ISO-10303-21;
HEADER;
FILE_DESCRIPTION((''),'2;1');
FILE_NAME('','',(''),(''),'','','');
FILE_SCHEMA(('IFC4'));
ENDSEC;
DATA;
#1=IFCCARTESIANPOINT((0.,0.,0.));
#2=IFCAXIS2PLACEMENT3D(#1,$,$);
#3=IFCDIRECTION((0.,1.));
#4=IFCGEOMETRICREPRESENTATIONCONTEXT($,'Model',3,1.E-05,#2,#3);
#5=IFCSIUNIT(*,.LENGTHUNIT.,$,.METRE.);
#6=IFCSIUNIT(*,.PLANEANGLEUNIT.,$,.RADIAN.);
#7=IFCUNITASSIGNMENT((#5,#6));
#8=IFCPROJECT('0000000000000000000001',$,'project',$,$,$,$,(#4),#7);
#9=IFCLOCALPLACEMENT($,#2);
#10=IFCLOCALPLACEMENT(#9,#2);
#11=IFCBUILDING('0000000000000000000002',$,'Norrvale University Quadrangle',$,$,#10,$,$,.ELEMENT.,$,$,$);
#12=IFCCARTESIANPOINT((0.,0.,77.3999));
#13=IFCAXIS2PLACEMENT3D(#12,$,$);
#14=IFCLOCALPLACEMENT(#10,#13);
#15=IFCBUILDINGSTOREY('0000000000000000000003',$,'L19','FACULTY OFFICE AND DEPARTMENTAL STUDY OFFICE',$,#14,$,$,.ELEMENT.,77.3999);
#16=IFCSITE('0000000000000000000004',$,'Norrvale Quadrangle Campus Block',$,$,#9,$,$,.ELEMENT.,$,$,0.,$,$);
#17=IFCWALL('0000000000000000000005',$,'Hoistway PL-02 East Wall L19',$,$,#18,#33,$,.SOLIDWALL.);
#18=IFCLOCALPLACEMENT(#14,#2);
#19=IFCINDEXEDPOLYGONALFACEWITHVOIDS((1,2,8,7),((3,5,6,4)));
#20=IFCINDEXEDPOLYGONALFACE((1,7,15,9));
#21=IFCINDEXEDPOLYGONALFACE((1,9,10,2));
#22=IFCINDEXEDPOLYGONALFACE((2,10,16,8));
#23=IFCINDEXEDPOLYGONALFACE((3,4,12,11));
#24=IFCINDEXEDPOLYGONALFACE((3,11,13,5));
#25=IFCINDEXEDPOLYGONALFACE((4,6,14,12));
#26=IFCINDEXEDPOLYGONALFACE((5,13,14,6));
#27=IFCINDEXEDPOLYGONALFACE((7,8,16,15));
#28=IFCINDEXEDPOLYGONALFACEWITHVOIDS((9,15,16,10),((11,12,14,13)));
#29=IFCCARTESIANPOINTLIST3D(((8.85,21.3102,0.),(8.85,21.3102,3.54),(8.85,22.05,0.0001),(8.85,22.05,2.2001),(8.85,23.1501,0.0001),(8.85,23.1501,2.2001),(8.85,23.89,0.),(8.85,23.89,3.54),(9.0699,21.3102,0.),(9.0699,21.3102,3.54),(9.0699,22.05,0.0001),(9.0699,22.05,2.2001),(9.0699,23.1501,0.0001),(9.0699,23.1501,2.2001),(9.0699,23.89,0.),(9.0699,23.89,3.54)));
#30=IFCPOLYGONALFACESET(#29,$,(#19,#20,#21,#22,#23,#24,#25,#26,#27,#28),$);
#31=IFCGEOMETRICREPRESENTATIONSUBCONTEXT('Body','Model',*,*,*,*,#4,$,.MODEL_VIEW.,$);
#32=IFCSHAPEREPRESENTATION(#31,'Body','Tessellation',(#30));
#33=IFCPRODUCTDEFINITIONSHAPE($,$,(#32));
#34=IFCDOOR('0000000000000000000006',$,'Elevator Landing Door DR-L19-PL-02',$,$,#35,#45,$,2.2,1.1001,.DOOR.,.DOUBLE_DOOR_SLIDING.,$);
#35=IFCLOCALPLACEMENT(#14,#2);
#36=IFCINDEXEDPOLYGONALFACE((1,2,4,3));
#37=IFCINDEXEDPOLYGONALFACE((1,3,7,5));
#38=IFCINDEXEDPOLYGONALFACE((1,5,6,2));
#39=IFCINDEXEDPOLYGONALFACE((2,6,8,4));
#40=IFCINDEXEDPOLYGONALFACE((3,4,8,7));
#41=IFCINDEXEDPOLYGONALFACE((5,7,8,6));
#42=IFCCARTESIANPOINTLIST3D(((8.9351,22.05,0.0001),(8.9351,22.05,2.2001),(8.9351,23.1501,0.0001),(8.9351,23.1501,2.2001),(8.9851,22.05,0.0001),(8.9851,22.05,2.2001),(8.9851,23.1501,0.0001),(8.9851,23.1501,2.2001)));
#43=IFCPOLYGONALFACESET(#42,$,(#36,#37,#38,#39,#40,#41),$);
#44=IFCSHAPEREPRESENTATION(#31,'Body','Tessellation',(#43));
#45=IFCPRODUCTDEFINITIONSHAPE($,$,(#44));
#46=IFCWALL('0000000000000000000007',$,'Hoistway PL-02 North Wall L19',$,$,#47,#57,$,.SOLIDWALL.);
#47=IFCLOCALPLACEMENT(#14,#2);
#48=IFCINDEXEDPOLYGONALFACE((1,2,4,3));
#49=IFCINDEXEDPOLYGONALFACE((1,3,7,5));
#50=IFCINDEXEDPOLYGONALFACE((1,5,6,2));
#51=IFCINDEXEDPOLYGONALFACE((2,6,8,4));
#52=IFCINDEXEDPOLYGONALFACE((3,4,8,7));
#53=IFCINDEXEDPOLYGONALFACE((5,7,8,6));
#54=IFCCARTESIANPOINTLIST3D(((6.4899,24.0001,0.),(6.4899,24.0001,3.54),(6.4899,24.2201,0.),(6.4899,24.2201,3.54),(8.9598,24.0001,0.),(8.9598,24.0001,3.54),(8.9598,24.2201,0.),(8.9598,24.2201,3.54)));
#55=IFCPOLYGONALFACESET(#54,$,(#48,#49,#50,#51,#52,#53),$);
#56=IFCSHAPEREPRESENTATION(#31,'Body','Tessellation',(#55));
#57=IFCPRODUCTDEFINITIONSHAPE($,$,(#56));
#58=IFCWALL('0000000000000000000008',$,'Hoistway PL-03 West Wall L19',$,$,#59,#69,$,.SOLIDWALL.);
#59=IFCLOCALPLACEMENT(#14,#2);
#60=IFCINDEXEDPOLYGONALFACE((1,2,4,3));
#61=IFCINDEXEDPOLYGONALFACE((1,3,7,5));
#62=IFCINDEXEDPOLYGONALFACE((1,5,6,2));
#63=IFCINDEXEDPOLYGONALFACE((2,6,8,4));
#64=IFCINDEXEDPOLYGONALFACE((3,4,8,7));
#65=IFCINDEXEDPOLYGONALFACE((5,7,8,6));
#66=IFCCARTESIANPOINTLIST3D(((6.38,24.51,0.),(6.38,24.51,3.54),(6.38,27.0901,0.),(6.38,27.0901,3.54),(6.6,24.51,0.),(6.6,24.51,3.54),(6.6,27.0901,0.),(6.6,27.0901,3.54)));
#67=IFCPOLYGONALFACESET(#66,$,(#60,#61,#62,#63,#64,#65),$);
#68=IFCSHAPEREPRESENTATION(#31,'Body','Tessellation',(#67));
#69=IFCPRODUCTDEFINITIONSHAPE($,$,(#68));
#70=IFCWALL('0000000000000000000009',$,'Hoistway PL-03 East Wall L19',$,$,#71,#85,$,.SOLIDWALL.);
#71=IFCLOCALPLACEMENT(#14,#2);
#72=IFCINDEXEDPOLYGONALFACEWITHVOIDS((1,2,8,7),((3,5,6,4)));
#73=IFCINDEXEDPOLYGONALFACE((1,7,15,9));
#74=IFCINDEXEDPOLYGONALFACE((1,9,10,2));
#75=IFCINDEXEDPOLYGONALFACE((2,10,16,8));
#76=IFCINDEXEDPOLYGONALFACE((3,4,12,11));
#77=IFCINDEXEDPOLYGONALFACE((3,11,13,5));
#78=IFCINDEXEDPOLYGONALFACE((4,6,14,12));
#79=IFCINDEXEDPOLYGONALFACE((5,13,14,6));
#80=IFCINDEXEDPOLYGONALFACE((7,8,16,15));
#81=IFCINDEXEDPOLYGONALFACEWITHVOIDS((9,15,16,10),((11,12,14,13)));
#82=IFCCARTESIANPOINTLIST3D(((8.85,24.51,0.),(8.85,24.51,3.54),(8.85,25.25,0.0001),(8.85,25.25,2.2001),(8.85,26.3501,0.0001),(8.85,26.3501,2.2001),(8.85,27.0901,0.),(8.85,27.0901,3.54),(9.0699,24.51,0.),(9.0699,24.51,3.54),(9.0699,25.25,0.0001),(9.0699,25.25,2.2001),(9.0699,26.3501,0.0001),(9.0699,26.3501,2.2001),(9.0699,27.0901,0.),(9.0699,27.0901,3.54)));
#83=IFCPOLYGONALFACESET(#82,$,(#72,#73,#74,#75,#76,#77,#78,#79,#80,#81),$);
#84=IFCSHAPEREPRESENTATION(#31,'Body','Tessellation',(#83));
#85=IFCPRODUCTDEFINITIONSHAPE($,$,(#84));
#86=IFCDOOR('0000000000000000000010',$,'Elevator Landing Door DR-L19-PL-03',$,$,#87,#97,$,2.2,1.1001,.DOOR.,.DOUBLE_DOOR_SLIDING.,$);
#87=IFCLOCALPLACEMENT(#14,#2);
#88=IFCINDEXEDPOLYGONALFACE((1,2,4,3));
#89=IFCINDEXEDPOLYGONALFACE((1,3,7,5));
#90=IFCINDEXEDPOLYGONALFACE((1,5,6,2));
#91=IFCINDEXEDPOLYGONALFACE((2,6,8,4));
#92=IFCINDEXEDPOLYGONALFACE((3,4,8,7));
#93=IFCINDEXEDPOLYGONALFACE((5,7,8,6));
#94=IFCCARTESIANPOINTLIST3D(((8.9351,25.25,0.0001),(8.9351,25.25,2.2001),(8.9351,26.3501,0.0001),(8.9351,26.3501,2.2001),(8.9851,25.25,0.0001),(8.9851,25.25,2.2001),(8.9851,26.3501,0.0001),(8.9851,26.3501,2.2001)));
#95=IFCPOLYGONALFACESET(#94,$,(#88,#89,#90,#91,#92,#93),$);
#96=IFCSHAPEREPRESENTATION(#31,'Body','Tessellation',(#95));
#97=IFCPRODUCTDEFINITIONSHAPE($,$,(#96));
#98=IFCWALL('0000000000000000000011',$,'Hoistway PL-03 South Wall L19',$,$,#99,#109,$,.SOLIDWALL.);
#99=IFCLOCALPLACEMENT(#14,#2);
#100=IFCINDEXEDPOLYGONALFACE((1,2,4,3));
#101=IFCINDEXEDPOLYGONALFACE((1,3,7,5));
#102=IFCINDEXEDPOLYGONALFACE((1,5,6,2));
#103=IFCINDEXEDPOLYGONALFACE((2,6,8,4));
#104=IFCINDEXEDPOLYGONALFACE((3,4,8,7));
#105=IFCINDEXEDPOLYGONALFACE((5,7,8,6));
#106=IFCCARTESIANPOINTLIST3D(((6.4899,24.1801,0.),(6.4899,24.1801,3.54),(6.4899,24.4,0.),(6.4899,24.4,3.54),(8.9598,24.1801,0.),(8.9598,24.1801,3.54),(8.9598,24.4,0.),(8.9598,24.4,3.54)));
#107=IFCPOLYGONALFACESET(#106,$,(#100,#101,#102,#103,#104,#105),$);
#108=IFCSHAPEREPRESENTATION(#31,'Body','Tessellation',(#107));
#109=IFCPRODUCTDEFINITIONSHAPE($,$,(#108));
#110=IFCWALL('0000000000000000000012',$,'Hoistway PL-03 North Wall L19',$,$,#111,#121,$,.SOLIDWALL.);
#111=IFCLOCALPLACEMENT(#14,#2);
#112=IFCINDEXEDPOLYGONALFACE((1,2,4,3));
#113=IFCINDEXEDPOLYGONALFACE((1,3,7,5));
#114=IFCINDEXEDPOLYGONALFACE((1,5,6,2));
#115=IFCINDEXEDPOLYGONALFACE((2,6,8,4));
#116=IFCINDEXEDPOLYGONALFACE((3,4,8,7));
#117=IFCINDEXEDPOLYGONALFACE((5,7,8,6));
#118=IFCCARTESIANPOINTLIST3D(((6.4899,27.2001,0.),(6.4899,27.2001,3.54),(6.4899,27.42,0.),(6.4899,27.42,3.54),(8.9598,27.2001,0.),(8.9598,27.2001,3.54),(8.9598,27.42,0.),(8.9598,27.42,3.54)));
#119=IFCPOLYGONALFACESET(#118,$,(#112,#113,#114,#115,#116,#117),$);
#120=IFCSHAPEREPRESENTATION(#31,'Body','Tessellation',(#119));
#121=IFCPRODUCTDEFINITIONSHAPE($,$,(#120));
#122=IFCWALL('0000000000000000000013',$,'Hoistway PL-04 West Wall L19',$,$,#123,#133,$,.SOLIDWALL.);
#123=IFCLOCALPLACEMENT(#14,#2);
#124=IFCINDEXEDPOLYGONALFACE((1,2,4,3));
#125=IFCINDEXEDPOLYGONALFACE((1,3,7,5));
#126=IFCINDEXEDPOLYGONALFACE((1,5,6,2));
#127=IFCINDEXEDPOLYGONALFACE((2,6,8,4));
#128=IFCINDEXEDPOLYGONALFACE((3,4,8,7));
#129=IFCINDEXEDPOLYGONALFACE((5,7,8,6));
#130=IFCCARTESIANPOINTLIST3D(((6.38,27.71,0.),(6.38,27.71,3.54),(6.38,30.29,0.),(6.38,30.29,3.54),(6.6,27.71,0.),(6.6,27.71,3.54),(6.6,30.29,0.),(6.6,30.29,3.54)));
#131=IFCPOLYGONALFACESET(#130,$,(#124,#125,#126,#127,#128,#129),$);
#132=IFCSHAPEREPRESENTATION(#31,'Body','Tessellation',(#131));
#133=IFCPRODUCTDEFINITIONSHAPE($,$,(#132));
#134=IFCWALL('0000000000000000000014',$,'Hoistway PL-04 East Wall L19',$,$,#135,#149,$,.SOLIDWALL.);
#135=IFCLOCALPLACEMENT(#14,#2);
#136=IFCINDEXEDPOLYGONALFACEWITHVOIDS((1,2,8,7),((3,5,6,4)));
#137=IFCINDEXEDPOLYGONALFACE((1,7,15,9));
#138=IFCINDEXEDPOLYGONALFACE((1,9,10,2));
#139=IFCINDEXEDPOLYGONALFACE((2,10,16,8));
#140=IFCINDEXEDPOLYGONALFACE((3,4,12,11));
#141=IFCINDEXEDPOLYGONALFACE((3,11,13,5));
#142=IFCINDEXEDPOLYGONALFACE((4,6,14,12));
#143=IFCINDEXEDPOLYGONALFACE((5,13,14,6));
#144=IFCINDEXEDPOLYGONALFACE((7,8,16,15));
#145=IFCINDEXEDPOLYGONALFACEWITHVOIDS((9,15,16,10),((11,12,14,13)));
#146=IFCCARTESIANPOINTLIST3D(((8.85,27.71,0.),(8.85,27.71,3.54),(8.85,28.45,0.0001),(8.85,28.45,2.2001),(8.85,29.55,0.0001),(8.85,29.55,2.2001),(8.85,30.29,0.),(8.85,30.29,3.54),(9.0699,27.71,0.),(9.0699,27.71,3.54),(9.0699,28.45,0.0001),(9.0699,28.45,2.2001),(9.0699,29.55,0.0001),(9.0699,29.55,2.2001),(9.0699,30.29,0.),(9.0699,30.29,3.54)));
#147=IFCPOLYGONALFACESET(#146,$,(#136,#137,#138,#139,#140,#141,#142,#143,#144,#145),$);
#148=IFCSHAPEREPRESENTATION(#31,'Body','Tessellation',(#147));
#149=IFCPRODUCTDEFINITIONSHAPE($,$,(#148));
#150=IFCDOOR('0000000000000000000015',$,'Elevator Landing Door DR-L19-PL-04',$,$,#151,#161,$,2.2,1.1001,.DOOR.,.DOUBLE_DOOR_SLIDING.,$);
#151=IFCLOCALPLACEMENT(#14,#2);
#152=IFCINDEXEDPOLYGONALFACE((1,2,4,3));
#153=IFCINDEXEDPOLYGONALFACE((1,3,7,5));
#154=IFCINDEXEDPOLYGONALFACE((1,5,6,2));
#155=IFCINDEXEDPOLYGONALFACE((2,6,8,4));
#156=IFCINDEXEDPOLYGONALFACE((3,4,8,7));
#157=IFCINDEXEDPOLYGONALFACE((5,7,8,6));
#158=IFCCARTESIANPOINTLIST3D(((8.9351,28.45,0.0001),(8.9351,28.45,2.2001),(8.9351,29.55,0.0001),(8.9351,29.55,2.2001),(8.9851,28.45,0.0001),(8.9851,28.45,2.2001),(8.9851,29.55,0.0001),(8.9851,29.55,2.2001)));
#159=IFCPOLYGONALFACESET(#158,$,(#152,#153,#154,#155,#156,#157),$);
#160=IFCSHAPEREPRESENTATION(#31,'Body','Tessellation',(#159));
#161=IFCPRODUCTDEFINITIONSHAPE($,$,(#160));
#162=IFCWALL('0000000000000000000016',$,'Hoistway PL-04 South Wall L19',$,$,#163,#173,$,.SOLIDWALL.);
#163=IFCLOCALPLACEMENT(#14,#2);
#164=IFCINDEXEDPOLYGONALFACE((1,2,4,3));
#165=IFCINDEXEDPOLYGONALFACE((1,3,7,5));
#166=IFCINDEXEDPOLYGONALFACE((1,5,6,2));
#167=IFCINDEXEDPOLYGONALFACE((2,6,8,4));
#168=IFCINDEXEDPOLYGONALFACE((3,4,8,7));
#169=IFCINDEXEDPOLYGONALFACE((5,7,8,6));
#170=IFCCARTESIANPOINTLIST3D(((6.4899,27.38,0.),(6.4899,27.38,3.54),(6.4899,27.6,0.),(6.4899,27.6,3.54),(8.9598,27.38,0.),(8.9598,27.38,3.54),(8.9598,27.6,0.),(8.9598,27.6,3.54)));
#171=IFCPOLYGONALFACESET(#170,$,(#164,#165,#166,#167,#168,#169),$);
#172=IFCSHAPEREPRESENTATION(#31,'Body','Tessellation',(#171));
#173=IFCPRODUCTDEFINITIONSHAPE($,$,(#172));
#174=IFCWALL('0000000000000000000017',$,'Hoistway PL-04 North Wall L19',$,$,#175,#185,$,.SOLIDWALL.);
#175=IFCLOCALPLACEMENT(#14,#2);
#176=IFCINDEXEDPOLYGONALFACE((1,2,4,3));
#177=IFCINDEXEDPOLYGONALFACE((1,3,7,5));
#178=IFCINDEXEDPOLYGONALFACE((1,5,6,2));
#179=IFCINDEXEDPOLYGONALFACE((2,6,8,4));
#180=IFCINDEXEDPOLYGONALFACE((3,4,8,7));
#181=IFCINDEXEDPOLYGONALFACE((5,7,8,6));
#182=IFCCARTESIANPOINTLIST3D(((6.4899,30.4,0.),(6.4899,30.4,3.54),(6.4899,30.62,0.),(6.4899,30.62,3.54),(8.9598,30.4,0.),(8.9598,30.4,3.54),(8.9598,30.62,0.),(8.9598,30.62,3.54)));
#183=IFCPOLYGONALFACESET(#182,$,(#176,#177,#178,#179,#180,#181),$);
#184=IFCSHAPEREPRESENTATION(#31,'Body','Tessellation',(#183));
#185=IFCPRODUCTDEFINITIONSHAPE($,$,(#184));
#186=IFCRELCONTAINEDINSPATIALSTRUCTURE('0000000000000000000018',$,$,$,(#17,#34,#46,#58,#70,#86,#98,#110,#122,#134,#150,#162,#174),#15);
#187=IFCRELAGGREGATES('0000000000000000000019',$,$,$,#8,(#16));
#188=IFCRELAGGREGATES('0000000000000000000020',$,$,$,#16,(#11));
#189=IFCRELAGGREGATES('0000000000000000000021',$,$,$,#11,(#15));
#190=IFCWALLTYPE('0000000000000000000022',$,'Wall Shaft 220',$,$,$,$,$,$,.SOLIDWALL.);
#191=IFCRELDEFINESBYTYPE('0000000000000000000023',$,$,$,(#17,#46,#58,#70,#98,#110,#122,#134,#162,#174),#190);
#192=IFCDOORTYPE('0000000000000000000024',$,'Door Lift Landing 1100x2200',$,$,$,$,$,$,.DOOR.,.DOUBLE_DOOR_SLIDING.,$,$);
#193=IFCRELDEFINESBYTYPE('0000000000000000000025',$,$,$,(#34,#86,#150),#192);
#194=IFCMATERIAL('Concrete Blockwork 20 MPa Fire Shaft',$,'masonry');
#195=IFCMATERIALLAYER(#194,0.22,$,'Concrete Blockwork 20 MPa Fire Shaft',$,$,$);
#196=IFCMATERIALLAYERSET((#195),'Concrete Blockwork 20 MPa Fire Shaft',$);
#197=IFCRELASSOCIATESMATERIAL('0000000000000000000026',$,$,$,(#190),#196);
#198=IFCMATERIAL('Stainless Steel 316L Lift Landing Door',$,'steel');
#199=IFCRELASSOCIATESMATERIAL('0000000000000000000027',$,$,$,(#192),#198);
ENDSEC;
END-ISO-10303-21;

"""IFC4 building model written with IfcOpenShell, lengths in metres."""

from ifc_helpers import new_model, si_unit, direction, frame, frame_2d, origin, place, context, subcontext, project, spatial, rectangle, extrude, material, layer, layer_set, type_object, element, fill, save


model = new_model("IFC4")

# Units and contexts
model_context = context("Model", 3, precision=1e-05, world=origin(), true_north=direction((0.0, 1.0)))
body_context = subcontext(model_context, "Body", "Model", "MODEL_VIEW")
ifc_project = project(units=[si_unit("LENGTHUNIT", "METRE"), si_unit("PLANEANGLEUNIT", "RADIAN")], contexts=[model_context])

# Site, building, storey
site_placement = place(None, origin())
site = spatial("IfcSite", under=ifc_project, at=site_placement, Name="Norrvale Quadrangle Campus Block", CompositionType="ELEMENT", RefElevation=0.0)
building_placement = place(site_placement, origin())
building = spatial("IfcBuilding", under=site, at=building_placement, Name="Norrvale University Quadrangle", CompositionType="ELEMENT")
storey_placement = place(building_placement, frame((0.0, 0.0, 77.3999)))
storey = spatial("IfcBuildingStorey", under=building, at=storey_placement, Name="L19", Description="FACULTY OFFICE AND DEPARTMENTAL STUDY OFFICE", CompositionType="ELEMENT", Elevation=77.3999)

# Wall, opening, door
ifc_material_1 = material(Name="Concrete Blockwork 20 MPa Fire Shaft", Category="masonry")
ifc_layer_1 = layer(ifc_material_1, 0.22, Name="Concrete Blockwork 20 MPa Fire Shaft")
ifc_layer_set_1 = layer_set([ifc_layer_1], Name="Concrete Blockwork 20 MPa Fire Shaft")
wall_type_1 = type_object("IfcWallType", Name="Wall Shaft 220", PredefinedType="SOLIDWALL", material=ifc_layer_set_1)
wall_1_placement = place(storey_placement, frame((8.96, 21.3101, 0.0), z_axis=(0.0, 0.0, 1.0), x_axis=(0.0, 1.0, 0.0)))
wall_1 = element("IfcWall", 1, at=wall_1_placement, inside=storey, type_object=wall_type_1, Name="Hoistway PL-02 East Wall L19", PredefinedType="SOLIDWALL", context=body_context, shape_type="SweptSolid", body=[
    extrude(rectangle(XDim=2.5798, YDim=0.22, at=frame_2d((1.29, 0.0))), origin(), (0.0, 0.0, 1.0), 3.54),
])
opening_1_placement = place(wall_1_placement, frame((0.74, 0.0, 0.0)))
opening_1 = element("IfcOpeningElement", 2, at=opening_1_placement, cuts=wall_1, PredefinedType="OPENING", context=body_context, shape_type="SweptSolid", body=[
    extrude(rectangle(XDim=1.1001, YDim=2.2, at=frame_2d((0.55, 1.1001))), frame((0.0, 0.1221, 0.0), z_axis=(0.0, -1.0, 0.0), x_axis=(1.0, 0.0, 0.0)), (0.0, 0.0, 1.0), 0.2439),
])
ifc_material_2 = material(Name="Stainless Steel 316L Lift Landing Door", Category="steel")
door_type_1 = type_object("IfcDoorType", Name="Door Lift Landing 1100x2200", OperationType="DOUBLE_DOOR_SLIDING", PredefinedType="DOOR", material=ifc_material_2)
door_1_placement = place(opening_1_placement, origin())
door_1 = element("IfcDoor", 3, at=door_1_placement, inside=storey, type_object=door_type_1, Name="Elevator Landing Door DR-L19-PL-02", OperationType="DOUBLE_DOOR_SLIDING", OverallHeight=2.2, OverallWidth=1.1001, PredefinedType="DOOR", context=body_context, shape_type="SweptSolid", body=[
    extrude(rectangle(XDim=1.1001, YDim=2.2, at=frame_2d((0.55, 1.1001))), frame((0.0, 0.0249, 0.0), z_axis=(0.0, -1.0, 0.0), x_axis=(1.0, 0.0, 0.0)), (0.0, 0.0, 1.0), 0.05),
])
fill(opening_1, door_1)

# Walls
wall_2_placement = place(storey_placement, frame((6.49, 24.1101, 0.0), z_axis=(0.0, 0.0, 1.0), x_axis=(1.0, 0.0, 0.0)))
element("IfcWall", 4, at=wall_2_placement, inside=storey, type_object=wall_type_1, Name="Hoistway PL-02 North Wall L19", PredefinedType="SOLIDWALL", context=body_context, shape_type="SweptSolid", body=[
    extrude(rectangle(XDim=2.47, YDim=0.22, at=frame_2d((1.2349, 0.0))), origin(), (0.0, 0.0, 1.0), 3.54),
])
wall_3_placement = place(storey_placement, frame((6.49, 24.51, 0.0), z_axis=(0.0, 0.0, 1.0), x_axis=(0.0, 1.0, 0.0)))
element("IfcWall", 5, at=wall_3_placement, inside=storey, type_object=wall_type_1, Name="Hoistway PL-03 West Wall L19", PredefinedType="SOLIDWALL", context=body_context, shape_type="SweptSolid", body=[
    extrude(rectangle(XDim=2.5801, YDim=0.22, at=frame_2d((1.29, 0.0))), origin(), (0.0, 0.0, 1.0), 3.54),
])

# Wall, opening, door
wall_4_placement = place(storey_placement, frame((8.96, 24.51, 0.0), z_axis=(0.0, 0.0, 1.0), x_axis=(0.0, 1.0, 0.0)))
wall_4 = element("IfcWall", 6, at=wall_4_placement, inside=storey, type_object=wall_type_1, Name="Hoistway PL-03 East Wall L19", PredefinedType="SOLIDWALL", context=body_context, shape_type="SweptSolid", body=[
    extrude(rectangle(XDim=2.5801, YDim=0.22, at=frame_2d((1.29, 0.0))), origin(), (0.0, 0.0, 1.0), 3.54),
])
opening_2_placement = place(wall_4_placement, frame((0.74, 0.0, 0.0)))
opening_2 = element("IfcOpeningElement", 7, at=opening_2_placement, cuts=wall_4, PredefinedType="OPENING", context=body_context, shape_type="SweptSolid", body=[
    extrude(rectangle(XDim=1.1001, YDim=2.2, at=frame_2d((0.55, 1.1001))), frame((0.0, 0.1221, 0.0), z_axis=(0.0, -1.0, 0.0), x_axis=(1.0, 0.0, 0.0)), (0.0, 0.0, 1.0), 0.2439),
])
door_2_placement = place(opening_2_placement, origin())
door_2 = element("IfcDoor", 8, at=door_2_placement, inside=storey, type_object=door_type_1, Name="Elevator Landing Door DR-L19-PL-03", OperationType="DOUBLE_DOOR_SLIDING", OverallHeight=2.2, OverallWidth=1.1001, PredefinedType="DOOR", context=body_context, shape_type="SweptSolid", body=[
    extrude(rectangle(XDim=1.1001, YDim=2.2, at=frame_2d((0.55, 1.1001))), frame((0.0, 0.0249, 0.0), z_axis=(0.0, -1.0, 0.0), x_axis=(1.0, 0.0, 0.0)), (0.0, 0.0, 1.0), 0.05),
])
fill(opening_2, door_2)

# Walls
for number, where, z_axis, x_axis, name in (
    (9, (6.49, 24.29, 0.0), (0.0, 0.0, 1.0), (1.0, 0.0, 0.0), "Hoistway PL-03 South Wall L19"),
    (10, (6.49, 27.3101, 0.0), (0.0, 0.0, 1.0), (1.0, 0.0, 0.0), "Hoistway PL-03 North Wall L19"),
):
    element("IfcWall", number, at=place(storey_placement, frame(where, z_axis=z_axis, x_axis=x_axis)), inside=storey, type_object=wall_type_1, Name=name, PredefinedType="SOLIDWALL", context=body_context, shape_type="SweptSolid", body=[
        extrude(rectangle(XDim=2.47, YDim=0.22, at=frame_2d((1.2349, 0.0))), origin(), (0.0, 0.0, 1.0), 3.54),
    ])
wall_5_placement = place(storey_placement, frame((6.49, 27.71, 0.0), z_axis=(0.0, 0.0, 1.0), x_axis=(0.0, 1.0, 0.0)))
element("IfcWall", 11, at=wall_5_placement, inside=storey, type_object=wall_type_1, Name="Hoistway PL-04 West Wall L19", PredefinedType="SOLIDWALL", context=body_context, shape_type="SweptSolid", body=[
    extrude(rectangle(XDim=2.5801, YDim=0.22, at=frame_2d((1.29, 0.0))), origin(), (0.0, 0.0, 1.0), 3.54),
])

# Wall, opening, door
wall_6_placement = place(storey_placement, frame((8.96, 27.71, 0.0), z_axis=(0.0, 0.0, 1.0), x_axis=(0.0, 1.0, 0.0)))
wall_6 = element("IfcWall", 12, at=wall_6_placement, inside=storey, type_object=wall_type_1, Name="Hoistway PL-04 East Wall L19", PredefinedType="SOLIDWALL", context=body_context, shape_type="SweptSolid", body=[
    extrude(rectangle(XDim=2.5801, YDim=0.22, at=frame_2d((1.29, 0.0))), origin(), (0.0, 0.0, 1.0), 3.54),
])
opening_3_placement = place(wall_6_placement, frame((0.74, 0.0, 0.0)))
opening_3 = element("IfcOpeningElement", 13, at=opening_3_placement, cuts=wall_6, PredefinedType="OPENING", context=body_context, shape_type="SweptSolid", body=[
    extrude(rectangle(XDim=1.1001, YDim=2.2, at=frame_2d((0.55, 1.1001))), frame((0.0, 0.1221, 0.0), z_axis=(0.0, -1.0, 0.0), x_axis=(1.0, 0.0, 0.0)), (0.0, 0.0, 1.0), 0.2439),
])
door_3_placement = place(opening_3_placement, origin())
door_3 = element("IfcDoor", 14, at=door_3_placement, inside=storey, type_object=door_type_1, Name="Elevator Landing Door DR-L19-PL-04", OperationType="DOUBLE_DOOR_SLIDING", OverallHeight=2.2, OverallWidth=1.1001, PredefinedType="DOOR", context=body_context, shape_type="SweptSolid", body=[
    extrude(rectangle(XDim=1.1001, YDim=2.2, at=frame_2d((0.55, 1.1001))), frame((0.0, 0.0249, 0.0), z_axis=(0.0, -1.0, 0.0), x_axis=(1.0, 0.0, 0.0)), (0.0, 0.0, 1.0), 0.05),
])
fill(opening_3, door_3)

# Walls
for number, where, z_axis, x_axis, name in (
    (15, (6.49, 27.49, 0.0), (0.0, 0.0, 1.0), (1.0, 0.0, 0.0), "Hoistway PL-04 South Wall L19"),
    (16, (6.49, 30.51, 0.0), (0.0, 0.0, 1.0), (1.0, 0.0, 0.0), "Hoistway PL-04 North Wall L19"),
):
    element("IfcWall", number, at=place(storey_placement, frame(where, z_axis=z_axis, x_axis=x_axis)), inside=storey, type_object=wall_type_1, Name=name, PredefinedType="SOLIDWALL", context=body_context, shape_type="SweptSolid", body=[
        extrude(rectangle(XDim=2.47, YDim=0.22, at=frame_2d((1.2349, 0.0))), origin(), (0.0, 0.0, 1.0), 3.54),
    ])

save(model, "model.ifc")
